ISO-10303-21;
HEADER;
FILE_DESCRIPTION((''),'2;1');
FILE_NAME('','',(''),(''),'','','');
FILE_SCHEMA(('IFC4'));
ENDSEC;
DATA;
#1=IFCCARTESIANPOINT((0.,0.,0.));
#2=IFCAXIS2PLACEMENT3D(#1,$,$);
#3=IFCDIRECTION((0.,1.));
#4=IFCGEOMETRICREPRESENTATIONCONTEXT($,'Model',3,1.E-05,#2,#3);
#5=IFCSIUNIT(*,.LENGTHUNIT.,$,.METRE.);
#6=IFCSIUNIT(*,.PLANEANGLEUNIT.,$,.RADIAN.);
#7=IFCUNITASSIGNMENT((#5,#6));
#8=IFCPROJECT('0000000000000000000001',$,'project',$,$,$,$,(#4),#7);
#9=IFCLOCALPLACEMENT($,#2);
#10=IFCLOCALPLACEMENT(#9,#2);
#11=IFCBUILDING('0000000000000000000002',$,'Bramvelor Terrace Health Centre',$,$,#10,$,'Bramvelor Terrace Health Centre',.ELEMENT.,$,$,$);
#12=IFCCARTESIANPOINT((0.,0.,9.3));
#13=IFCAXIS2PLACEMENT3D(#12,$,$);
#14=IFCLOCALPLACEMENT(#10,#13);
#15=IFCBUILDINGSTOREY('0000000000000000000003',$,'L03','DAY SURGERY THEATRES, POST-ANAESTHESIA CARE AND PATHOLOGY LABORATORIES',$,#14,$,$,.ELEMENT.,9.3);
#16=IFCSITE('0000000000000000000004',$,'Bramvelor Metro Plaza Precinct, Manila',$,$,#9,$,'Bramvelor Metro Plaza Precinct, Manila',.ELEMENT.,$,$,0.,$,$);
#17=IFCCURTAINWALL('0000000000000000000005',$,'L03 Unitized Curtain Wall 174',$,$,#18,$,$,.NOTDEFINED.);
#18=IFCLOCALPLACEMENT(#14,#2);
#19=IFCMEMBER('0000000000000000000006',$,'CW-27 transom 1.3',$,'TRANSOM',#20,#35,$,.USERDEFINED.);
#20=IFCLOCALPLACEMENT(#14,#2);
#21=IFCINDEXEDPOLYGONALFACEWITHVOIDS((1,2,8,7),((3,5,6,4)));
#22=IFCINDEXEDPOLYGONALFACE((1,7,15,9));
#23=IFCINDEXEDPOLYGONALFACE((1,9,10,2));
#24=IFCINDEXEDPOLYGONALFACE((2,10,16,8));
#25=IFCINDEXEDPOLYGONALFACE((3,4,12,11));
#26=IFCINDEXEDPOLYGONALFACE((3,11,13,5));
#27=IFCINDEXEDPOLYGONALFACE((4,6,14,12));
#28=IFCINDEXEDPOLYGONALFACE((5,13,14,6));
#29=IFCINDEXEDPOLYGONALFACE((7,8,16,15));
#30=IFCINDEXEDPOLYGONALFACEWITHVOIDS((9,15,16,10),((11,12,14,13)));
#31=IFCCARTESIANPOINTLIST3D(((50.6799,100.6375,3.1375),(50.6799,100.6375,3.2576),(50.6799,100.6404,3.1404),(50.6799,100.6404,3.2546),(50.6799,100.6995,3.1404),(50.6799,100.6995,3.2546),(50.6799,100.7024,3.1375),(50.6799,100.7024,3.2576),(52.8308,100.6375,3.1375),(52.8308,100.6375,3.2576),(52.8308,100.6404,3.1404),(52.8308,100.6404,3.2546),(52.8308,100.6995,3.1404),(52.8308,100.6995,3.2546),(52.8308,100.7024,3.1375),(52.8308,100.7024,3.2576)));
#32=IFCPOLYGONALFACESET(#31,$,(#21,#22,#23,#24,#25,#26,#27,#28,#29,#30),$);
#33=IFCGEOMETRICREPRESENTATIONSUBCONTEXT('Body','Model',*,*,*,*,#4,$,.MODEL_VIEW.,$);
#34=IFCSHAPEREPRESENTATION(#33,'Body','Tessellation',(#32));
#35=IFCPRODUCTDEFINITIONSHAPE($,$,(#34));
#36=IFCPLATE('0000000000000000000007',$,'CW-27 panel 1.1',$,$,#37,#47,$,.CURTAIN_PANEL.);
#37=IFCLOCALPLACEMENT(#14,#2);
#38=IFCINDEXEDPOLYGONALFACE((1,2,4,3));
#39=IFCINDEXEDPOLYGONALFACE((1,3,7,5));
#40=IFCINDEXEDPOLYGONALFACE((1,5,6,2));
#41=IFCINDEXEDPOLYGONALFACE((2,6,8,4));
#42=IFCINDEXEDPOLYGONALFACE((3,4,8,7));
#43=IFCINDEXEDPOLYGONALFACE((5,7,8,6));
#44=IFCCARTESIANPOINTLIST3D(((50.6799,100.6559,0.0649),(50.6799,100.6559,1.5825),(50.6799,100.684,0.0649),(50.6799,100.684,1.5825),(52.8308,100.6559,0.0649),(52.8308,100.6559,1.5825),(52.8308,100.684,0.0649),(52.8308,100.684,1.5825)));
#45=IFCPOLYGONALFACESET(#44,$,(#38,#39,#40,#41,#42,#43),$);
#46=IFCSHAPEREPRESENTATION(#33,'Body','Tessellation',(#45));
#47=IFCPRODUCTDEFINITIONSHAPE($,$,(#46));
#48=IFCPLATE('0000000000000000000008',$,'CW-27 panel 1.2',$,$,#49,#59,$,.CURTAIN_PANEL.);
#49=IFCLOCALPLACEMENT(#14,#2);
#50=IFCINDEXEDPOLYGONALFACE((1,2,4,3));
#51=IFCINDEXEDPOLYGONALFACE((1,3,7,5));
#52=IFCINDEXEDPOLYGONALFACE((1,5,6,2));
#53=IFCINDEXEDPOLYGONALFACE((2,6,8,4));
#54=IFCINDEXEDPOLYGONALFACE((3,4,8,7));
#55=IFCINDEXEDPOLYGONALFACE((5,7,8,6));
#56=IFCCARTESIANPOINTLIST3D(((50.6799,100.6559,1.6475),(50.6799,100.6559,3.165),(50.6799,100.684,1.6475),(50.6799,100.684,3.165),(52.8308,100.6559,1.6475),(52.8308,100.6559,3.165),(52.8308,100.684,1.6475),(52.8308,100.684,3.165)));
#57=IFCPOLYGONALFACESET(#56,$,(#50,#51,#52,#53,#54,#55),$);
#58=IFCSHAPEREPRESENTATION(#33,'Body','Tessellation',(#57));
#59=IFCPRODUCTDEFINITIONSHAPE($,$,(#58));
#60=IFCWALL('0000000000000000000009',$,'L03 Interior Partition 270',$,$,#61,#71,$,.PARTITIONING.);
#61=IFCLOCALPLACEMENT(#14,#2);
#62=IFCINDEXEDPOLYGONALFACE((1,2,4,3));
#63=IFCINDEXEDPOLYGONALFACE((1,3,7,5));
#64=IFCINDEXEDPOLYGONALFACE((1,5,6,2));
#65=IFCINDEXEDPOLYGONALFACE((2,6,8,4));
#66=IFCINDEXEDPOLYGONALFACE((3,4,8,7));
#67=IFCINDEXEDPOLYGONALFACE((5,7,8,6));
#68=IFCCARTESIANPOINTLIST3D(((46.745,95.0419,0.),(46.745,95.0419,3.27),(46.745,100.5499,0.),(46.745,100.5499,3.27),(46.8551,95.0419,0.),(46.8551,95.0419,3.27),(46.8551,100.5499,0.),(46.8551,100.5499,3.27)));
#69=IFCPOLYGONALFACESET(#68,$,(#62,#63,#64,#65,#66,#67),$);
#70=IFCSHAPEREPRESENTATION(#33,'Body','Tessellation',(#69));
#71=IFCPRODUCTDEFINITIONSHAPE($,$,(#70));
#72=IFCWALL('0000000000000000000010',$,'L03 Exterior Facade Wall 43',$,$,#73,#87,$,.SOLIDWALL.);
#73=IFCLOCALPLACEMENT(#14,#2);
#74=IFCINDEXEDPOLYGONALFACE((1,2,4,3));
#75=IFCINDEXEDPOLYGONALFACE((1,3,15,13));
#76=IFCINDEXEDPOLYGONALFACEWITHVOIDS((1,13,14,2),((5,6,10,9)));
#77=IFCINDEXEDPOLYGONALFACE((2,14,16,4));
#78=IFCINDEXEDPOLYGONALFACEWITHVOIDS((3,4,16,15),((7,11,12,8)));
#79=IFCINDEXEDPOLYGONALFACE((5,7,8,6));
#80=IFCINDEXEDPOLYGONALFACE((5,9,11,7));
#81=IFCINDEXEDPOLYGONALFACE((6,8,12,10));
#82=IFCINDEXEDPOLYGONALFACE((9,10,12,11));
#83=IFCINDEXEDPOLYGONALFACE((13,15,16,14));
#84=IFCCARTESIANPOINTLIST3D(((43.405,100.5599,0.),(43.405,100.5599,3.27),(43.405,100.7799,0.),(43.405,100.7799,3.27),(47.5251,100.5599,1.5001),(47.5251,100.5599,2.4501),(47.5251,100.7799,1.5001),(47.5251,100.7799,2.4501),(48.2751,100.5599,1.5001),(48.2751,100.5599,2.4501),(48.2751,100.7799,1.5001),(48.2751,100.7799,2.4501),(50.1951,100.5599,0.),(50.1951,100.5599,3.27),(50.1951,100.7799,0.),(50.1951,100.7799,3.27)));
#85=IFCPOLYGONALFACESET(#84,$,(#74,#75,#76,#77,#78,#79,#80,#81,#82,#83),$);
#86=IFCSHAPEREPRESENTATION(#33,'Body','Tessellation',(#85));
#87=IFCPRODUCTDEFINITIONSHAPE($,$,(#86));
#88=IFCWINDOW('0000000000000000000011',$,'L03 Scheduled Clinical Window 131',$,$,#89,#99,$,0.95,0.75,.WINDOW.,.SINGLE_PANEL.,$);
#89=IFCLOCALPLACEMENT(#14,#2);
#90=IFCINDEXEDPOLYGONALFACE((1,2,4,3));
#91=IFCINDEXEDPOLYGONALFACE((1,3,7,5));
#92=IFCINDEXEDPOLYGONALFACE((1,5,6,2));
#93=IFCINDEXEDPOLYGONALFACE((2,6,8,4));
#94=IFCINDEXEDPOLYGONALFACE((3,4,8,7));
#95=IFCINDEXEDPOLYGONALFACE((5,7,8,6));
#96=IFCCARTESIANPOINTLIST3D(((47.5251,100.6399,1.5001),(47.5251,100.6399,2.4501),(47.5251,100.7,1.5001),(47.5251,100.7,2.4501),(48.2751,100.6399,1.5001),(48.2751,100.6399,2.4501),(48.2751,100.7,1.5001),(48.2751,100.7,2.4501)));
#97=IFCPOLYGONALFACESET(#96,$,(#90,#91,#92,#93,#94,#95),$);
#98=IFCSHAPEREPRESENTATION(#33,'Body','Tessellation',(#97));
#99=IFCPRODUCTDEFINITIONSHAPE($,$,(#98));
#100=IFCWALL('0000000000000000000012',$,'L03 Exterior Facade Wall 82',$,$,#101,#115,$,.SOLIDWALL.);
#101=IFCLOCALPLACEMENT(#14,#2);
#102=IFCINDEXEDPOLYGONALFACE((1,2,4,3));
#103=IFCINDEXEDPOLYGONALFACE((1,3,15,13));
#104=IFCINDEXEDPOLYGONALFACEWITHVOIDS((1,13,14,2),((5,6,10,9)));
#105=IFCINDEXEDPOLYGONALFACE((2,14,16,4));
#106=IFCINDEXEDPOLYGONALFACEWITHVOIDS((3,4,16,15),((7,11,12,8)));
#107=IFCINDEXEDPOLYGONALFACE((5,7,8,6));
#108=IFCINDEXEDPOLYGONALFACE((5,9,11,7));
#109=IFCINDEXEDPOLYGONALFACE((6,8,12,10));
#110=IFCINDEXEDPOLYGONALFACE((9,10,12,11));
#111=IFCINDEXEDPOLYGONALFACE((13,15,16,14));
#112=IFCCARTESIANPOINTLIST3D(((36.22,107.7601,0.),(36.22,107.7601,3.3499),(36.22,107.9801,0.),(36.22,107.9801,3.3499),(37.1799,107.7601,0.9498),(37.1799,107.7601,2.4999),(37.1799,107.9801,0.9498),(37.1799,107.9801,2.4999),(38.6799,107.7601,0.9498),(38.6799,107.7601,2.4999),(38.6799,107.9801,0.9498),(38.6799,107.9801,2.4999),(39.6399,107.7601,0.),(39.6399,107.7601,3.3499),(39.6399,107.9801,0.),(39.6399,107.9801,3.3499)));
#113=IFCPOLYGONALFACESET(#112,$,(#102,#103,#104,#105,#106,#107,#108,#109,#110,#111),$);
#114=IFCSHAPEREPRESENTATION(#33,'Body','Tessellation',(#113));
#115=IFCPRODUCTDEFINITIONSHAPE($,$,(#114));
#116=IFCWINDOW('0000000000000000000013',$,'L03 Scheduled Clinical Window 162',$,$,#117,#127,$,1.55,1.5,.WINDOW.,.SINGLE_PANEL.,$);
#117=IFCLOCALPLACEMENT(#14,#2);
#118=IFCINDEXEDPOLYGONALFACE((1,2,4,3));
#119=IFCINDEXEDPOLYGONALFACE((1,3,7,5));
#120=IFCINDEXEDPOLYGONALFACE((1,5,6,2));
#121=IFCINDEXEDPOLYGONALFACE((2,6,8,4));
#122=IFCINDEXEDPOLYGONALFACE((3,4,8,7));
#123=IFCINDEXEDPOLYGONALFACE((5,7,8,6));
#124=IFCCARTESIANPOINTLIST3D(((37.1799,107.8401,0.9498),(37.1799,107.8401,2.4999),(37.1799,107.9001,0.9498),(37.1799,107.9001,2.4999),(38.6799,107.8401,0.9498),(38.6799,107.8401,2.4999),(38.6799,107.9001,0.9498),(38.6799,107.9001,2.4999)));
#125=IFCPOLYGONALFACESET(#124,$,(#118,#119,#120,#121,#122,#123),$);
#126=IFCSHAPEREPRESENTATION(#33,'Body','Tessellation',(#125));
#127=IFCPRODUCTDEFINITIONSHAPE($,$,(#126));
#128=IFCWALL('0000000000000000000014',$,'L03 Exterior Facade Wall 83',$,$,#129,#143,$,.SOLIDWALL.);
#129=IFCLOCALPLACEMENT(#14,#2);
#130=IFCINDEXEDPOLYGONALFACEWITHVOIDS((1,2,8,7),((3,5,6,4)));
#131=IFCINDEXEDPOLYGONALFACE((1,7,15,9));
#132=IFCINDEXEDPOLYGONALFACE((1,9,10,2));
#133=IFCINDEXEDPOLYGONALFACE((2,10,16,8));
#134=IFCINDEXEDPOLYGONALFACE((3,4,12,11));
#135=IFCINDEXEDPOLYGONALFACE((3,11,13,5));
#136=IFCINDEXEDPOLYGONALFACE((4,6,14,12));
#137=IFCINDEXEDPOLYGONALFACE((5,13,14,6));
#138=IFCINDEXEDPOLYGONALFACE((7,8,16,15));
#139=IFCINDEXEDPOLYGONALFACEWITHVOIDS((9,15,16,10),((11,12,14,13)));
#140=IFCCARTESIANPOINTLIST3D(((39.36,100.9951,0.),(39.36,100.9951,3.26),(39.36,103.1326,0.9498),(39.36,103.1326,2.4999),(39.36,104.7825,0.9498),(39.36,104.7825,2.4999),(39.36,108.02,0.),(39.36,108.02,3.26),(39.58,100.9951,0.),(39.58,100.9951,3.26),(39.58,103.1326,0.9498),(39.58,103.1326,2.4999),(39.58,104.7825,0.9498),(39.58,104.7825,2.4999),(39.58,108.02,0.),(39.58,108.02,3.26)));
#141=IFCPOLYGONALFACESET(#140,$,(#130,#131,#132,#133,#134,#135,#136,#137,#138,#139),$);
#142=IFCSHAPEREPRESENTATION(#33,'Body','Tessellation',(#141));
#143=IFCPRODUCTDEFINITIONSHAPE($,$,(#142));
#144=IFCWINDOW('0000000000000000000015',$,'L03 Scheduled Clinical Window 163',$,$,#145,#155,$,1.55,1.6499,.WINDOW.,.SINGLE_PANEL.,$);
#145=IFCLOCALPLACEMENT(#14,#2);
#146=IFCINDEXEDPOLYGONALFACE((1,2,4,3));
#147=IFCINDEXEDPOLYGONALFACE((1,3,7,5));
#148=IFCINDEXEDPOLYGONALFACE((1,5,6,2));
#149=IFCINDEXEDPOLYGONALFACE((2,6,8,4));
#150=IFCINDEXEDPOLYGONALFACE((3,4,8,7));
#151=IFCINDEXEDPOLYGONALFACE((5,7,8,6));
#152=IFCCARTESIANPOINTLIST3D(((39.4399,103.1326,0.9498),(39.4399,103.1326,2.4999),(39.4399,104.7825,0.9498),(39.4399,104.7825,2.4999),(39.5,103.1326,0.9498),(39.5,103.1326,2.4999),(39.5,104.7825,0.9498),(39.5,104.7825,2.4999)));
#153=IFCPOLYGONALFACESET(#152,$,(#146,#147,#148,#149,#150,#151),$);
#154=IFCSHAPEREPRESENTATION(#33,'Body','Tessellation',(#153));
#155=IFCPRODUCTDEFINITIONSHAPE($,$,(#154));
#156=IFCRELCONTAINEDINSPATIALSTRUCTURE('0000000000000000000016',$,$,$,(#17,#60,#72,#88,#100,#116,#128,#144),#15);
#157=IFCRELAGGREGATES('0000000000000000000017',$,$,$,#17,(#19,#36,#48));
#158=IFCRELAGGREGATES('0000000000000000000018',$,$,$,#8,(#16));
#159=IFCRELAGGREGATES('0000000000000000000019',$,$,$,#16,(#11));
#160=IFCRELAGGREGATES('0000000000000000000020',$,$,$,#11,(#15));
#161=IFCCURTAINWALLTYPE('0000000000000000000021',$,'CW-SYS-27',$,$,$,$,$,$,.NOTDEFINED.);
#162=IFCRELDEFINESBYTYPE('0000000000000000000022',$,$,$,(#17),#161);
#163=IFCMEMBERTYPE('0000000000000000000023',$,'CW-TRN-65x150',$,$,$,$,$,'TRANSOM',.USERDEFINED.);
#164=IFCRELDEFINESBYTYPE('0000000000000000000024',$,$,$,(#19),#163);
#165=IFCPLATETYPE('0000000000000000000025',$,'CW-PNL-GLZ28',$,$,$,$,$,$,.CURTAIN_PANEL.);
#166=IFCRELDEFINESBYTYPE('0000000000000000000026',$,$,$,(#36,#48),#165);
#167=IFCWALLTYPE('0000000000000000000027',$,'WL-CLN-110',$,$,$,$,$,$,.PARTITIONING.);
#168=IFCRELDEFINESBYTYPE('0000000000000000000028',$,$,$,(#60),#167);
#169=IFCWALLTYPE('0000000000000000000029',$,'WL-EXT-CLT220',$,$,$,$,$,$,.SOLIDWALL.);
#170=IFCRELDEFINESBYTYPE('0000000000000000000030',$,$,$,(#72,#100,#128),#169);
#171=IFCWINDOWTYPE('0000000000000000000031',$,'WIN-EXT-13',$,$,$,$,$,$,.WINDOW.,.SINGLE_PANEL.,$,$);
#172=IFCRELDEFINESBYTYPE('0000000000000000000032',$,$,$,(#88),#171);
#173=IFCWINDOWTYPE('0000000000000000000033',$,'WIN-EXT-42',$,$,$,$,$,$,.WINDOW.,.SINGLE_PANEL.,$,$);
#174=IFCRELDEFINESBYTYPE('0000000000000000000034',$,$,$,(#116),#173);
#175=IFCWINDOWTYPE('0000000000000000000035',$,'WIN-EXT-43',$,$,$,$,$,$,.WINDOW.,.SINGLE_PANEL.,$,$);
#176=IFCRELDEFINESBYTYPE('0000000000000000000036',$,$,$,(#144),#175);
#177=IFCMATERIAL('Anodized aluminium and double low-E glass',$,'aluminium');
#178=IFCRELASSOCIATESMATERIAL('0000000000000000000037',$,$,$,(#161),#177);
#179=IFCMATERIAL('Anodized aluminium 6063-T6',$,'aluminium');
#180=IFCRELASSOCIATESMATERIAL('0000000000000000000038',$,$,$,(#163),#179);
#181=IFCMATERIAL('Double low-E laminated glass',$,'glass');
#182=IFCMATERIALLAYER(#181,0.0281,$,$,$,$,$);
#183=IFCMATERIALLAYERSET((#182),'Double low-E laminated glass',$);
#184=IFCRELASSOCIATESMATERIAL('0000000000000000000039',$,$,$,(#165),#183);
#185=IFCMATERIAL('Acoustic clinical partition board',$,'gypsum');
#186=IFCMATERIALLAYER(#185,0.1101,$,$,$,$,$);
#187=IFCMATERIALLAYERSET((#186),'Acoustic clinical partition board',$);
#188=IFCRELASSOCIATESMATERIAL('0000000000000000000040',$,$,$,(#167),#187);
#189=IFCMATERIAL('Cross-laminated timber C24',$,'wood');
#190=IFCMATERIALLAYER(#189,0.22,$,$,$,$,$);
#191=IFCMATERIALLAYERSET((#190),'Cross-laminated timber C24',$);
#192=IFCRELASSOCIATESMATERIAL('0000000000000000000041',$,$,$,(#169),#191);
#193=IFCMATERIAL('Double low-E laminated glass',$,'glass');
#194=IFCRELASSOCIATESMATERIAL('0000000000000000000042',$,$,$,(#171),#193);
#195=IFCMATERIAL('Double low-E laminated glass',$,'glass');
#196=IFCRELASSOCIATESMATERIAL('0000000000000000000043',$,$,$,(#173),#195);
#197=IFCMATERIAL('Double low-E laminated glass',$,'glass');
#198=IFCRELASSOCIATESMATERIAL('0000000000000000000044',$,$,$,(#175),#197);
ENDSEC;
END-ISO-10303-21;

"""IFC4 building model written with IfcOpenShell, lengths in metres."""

from ifc_helpers import new_model, si_unit, direction, frame, frame_2d, origin, origin_2d, place, context, subcontext, project, spatial, rectangle, hollow_rectangle, extrude, material, layer, layer_set, material_profile, profile_set, type_object, element, fill, aggregate, save


model = new_model("IFC4")

# Units and contexts
model_context = context("Model", 3, precision=1e-05, world=origin(), true_north=direction((0.0, 1.0)))
body_context = subcontext(model_context, "Body", "Model", "MODEL_VIEW")
ifc_project = project(units=[si_unit("LENGTHUNIT", "METRE"), si_unit("PLANEANGLEUNIT", "RADIAN")], contexts=[model_context])

# Site, building, storey
site_placement = place(None, origin())
site = spatial("IfcSite", under=ifc_project, at=site_placement, Name="Bramvelor Metro Plaza Precinct, Manila", LongName="Bramvelor Metro Plaza Precinct, Manila", CompositionType="ELEMENT", RefElevation=0.0)
building_placement = place(site_placement, origin())
building = spatial("IfcBuilding", under=site, at=building_placement, Name="Bramvelor Terrace Health Centre", LongName="Bramvelor Terrace Health Centre", CompositionType="ELEMENT")
storey_placement = place(building_placement, frame((0.0, 0.0, 9.3)))
storey = spatial("IfcBuildingStorey", under=building, at=storey_placement, Name="L03", Description="DAY SURGERY THEATRES, POST-ANAESTHESIA CARE AND PATHOLOGY LABORATORIES", CompositionType="ELEMENT", Elevation=9.3)

# Curtain wall, member, plates
ifc_material_1 = material(Name="Anodized aluminium and double low-E glass", Category="aluminium")
curtain_wall_type = type_object("IfcCurtainWallType", Name="CW-SYS-27", PredefinedType="NOTDEFINED", material=ifc_material_1)
curtain_wall_placement = place(storey_placement, origin())
curtain_wall = element("IfcCurtainWall", 1, at=curtain_wall_placement, inside=storey, type_object=curtain_wall_type, Name="L03 Unitized Curtain Wall 174", PredefinedType="NOTDEFINED")
ifc_material_2 = material(Name="Anodized aluminium 6063-T6", Category="aluminium")
ifc_material_profile_1 = material_profile(ifc_material_2, hollow_rectangle(XDim=0.0649, YDim=0.1201, WallThickness=0.0029, at=origin_2d()), Name="ALU-TRN 65x120x3.0")
ifc_profile_set_1 = profile_set([ifc_material_profile_1], Name="Anodized aluminium 6063-T6")
member_type_1 = type_object("IfcMemberType", Name="CW-TRN-65x150", ElementType="TRANSOM", PredefinedType="USERDEFINED", material=ifc_profile_set_1)
member_1_placement = place(storey_placement, frame((50.6799, 100.6699, 3.1975), z_axis=(1.0, 0.0, 0.0), x_axis=(0.0, 1.0, 0.0)))
member_1 = element("IfcMember", 2, at=member_1_placement, type_object=member_type_1, Name="CW-27 transom 1.3", ObjectType="TRANSOM", PredefinedType="USERDEFINED", context=body_context, shape_type="SweptSolid", body=[
    extrude(hollow_rectangle(XDim=0.0649, YDim=0.1201, WallThickness=0.0029, at=origin_2d()), origin(), (0.0, 0.0, 1.0), 2.1509),
])
ifc_material_3 = material(Name="Double low-E laminated glass", Category="glass")
ifc_layer_1 = layer(ifc_material_3, 0.0281)
ifc_layer_set_1 = layer_set([ifc_layer_1], Name="Double low-E laminated glass")
plate_type = type_object("IfcPlateType", Name="CW-PNL-GLZ28", PredefinedType="CURTAIN_PANEL", material=ifc_layer_set_1)
plate_1_placement = place(storey_placement, frame((51.7554, 100.6699, 0.0649), z_axis=(0.0, 0.0, 1.0), x_axis=(1.0, 0.0, 0.0)))
plate_1 = element("IfcPlate", 3, at=plate_1_placement, type_object=plate_type, Name="CW-27 panel 1.1", PredefinedType="CURTAIN_PANEL", context=body_context, shape_type="SweptSolid", body=[
    extrude(rectangle(XDim=2.1509, YDim=0.0281, at=origin_2d()), origin(), (0.0, 0.0, 1.0), 1.5176),
])
plate_2_placement = place(storey_placement, frame((51.7554, 100.6699, 1.6475), z_axis=(0.0, 0.0, 1.0), x_axis=(1.0, 0.0, 0.0)))
plate_2 = element("IfcPlate", 4, at=plate_2_placement, type_object=plate_type, Name="CW-27 panel 1.2", PredefinedType="CURTAIN_PANEL", context=body_context, shape_type="SweptSolid", body=[
    extrude(rectangle(XDim=2.1509, YDim=0.0281, at=origin_2d()), origin(), (0.0, 0.0, 1.0), 1.5176),
])
aggregate(curtain_wall, [member_1, plate_1, plate_2])

# Wall
ifc_material_4 = material(Name="Acoustic clinical partition board", Category="gypsum")
ifc_layer_2 = layer(ifc_material_4, 0.1101)
ifc_layer_set_2 = layer_set([ifc_layer_2], Name="Acoustic clinical partition board")
wall_type_1 = type_object("IfcWallType", Name="WL-CLN-110", PredefinedType="PARTITIONING", material=ifc_layer_set_2)
wall_1_placement = place(storey_placement, frame((46.8, 95.042, 0.0), z_axis=(0.0, 0.0, 1.0), x_axis=(0.0, 1.0, 0.0)))
element("IfcWall", 5, at=wall_1_placement, inside=storey, type_object=wall_type_1, Name="L03 Interior Partition 270", PredefinedType="PARTITIONING", context=body_context, shape_type="SweptSolid", body=[
    extrude(rectangle(XDim=5.5081, YDim=0.1101, at=frame_2d((2.7539, 0.0))), origin(), (0.0, 0.0, 1.0), 3.27),
])

# Walls, openings, windows
ifc_material_5 = material(Name="Cross-laminated timber C24", Category="wood")
ifc_layer_3 = layer(ifc_material_5, 0.22)
ifc_layer_set_3 = layer_set([ifc_layer_3], Name="Cross-laminated timber C24")
wall_type_2 = type_object("IfcWallType", Name="WL-EXT-CLT220", PredefinedType="SOLIDWALL", material=ifc_layer_set_3)
wall_2_placement = place(storey_placement, frame((43.405, 100.6699, 0.0), z_axis=(0.0, 0.0, 1.0), x_axis=(1.0, 0.0, 0.0)))
wall_2 = element("IfcWall", 6, at=wall_2_placement, inside=storey, type_object=wall_type_2, Name="L03 Exterior Facade Wall 43", PredefinedType="SOLIDWALL", context=body_context, shape_type="SweptSolid", body=[
    extrude(rectangle(XDim=6.79, YDim=0.22, at=frame_2d((3.395, 0.0))), origin(), (0.0, 0.0, 1.0), 3.27),
])
opening_1_placement = place(wall_2_placement, frame((4.1201, 0.0, 1.5)))
opening_1 = element("IfcOpeningElement", 7, at=opening_1_placement, cuts=wall_2, PredefinedType="OPENING", context=body_context, shape_type="SweptSolid", body=[
    extrude(rectangle(XDim=0.75, YDim=0.95, at=frame_2d((0.375, 0.4751))), frame((0.0, 0.1199, 0.0), z_axis=(0.0, -1.0, 0.0), x_axis=(1.0, 0.0, 0.0)), (0.0, 0.0, 1.0), 0.24),
])
ifc_material_6 = material(Name="Double low-E laminated glass", Category="glass")
window_type_1 = type_object("IfcWindowType", Name="WIN-EXT-13", PartitioningType="SINGLE_PANEL", PredefinedType="WINDOW", material=ifc_material_6)
window_1_placement = place(opening_1_placement, origin())
window_1 = element("IfcWindow", 8, at=window_1_placement, inside=storey, type_object=window_type_1, Name="L03 Scheduled Clinical Window 131", OverallHeight=0.95, OverallWidth=0.75, PartitioningType="SINGLE_PANEL", PredefinedType="WINDOW", context=body_context, shape_type="SweptSolid", body=[
    extrude(rectangle(XDim=0.75, YDim=0.95, at=frame_2d((0.375, 0.4751))), frame((0.0, 0.03, 0.0), z_axis=(0.0, -1.0, 0.0), x_axis=(1.0, 0.0, 0.0)), (0.0, 0.0, 1.0), 0.0601),
])
fill(opening_1, window_1)
wall_3_placement = place(storey_placement, frame((36.22, 107.8701, 0.0), z_axis=(0.0, 0.0, 1.0), x_axis=(1.0, 0.0, 0.0)))
wall_3 = element("IfcWall", 9, at=wall_3_placement, inside=storey, type_object=wall_type_2, Name="L03 Exterior Facade Wall 82", PredefinedType="SOLIDWALL", context=body_context, shape_type="SweptSolid", body=[
    extrude(rectangle(XDim=3.4199, YDim=0.22, at=frame_2d((1.71, 0.0))), origin(), (0.0, 0.0, 1.0), 3.3499),
])
opening_2_placement = place(wall_3_placement, frame((0.96, 0.0, 0.95)))
opening_2 = element("IfcOpeningElement", 10, at=opening_2_placement, cuts=wall_3, PredefinedType="OPENING", context=body_context, shape_type="SweptSolid", body=[
    extrude(rectangle(XDim=1.5, YDim=1.55, at=frame_2d((0.75, 0.7749))), frame((0.0, 0.1199, 0.0), z_axis=(0.0, -1.0, 0.0), x_axis=(1.0, 0.0, 0.0)), (0.0, 0.0, 1.0), 0.24),
])
ifc_material_7 = material(Name="Double low-E laminated glass", Category="glass")
window_type_2 = type_object("IfcWindowType", Name="WIN-EXT-42", PartitioningType="SINGLE_PANEL", PredefinedType="WINDOW", material=ifc_material_7)
window_2_placement = place(opening_2_placement, origin())
window_2 = element("IfcWindow", 11, at=window_2_placement, inside=storey, type_object=window_type_2, Name="L03 Scheduled Clinical Window 162", OverallHeight=1.55, OverallWidth=1.5, PartitioningType="SINGLE_PANEL", PredefinedType="WINDOW", context=body_context, shape_type="SweptSolid", body=[
    extrude(rectangle(XDim=1.5, YDim=1.55, at=frame_2d((0.75, 0.7749))), frame((0.0, 0.03, 0.0), z_axis=(0.0, -1.0, 0.0), x_axis=(1.0, 0.0, 0.0)), (0.0, 0.0, 1.0), 0.0601),
])
fill(opening_2, window_2)
wall_4_placement = place(storey_placement, frame((39.47, 108.02, 0.0), z_axis=(0.0, 0.0, 1.0), x_axis=(0.0, -1.0, 0.0)))
wall_4 = element("IfcWall", 12, at=wall_4_placement, inside=storey, type_object=wall_type_2, Name="L03 Exterior Facade Wall 83", PredefinedType="SOLIDWALL", context=body_context, shape_type="SweptSolid", body=[
    extrude(rectangle(XDim=7.0249, YDim=0.22, at=frame_2d((3.5125, 0.0))), origin(), (0.0, 0.0, 1.0), 3.26),
])
opening_3_placement = place(wall_4_placement, frame((3.2375, 0.0, 0.95)))
opening_3 = element("IfcOpeningElement", 13, at=opening_3_placement, cuts=wall_4, PredefinedType="OPENING", context=body_context, shape_type="SweptSolid", body=[
    extrude(rectangle(XDim=1.6499, YDim=1.55, at=frame_2d((0.825, 0.7749))), frame((0.0, 0.1199, 0.0), z_axis=(0.0, -1.0, 0.0), x_axis=(1.0, 0.0, 0.0)), (0.0, 0.0, 1.0), 0.24),
])
ifc_material_8 = material(Name="Double low-E laminated glass", Category="glass")
window_type_3 = type_object("IfcWindowType", Name="WIN-EXT-43", PartitioningType="SINGLE_PANEL", PredefinedType="WINDOW", material=ifc_material_8)
window_3_placement = place(opening_3_placement, origin())
window_3 = element("IfcWindow", 14, at=window_3_placement, inside=storey, type_object=window_type_3, Name="L03 Scheduled Clinical Window 163", OverallHeight=1.55, OverallWidth=1.6499, PartitioningType="SINGLE_PANEL", PredefinedType="WINDOW", context=body_context, shape_type="SweptSolid", body=[
    extrude(rectangle(XDim=1.6499, YDim=1.55, at=frame_2d((0.825, 0.7749))), frame((0.0, 0.03, 0.0), z_axis=(0.0, -1.0, 0.0), x_axis=(1.0, 0.0, 0.0)), (0.0, 0.0, 1.0), 0.0601),
])
fill(opening_3, window_3)

save(model, "model.ifc")
